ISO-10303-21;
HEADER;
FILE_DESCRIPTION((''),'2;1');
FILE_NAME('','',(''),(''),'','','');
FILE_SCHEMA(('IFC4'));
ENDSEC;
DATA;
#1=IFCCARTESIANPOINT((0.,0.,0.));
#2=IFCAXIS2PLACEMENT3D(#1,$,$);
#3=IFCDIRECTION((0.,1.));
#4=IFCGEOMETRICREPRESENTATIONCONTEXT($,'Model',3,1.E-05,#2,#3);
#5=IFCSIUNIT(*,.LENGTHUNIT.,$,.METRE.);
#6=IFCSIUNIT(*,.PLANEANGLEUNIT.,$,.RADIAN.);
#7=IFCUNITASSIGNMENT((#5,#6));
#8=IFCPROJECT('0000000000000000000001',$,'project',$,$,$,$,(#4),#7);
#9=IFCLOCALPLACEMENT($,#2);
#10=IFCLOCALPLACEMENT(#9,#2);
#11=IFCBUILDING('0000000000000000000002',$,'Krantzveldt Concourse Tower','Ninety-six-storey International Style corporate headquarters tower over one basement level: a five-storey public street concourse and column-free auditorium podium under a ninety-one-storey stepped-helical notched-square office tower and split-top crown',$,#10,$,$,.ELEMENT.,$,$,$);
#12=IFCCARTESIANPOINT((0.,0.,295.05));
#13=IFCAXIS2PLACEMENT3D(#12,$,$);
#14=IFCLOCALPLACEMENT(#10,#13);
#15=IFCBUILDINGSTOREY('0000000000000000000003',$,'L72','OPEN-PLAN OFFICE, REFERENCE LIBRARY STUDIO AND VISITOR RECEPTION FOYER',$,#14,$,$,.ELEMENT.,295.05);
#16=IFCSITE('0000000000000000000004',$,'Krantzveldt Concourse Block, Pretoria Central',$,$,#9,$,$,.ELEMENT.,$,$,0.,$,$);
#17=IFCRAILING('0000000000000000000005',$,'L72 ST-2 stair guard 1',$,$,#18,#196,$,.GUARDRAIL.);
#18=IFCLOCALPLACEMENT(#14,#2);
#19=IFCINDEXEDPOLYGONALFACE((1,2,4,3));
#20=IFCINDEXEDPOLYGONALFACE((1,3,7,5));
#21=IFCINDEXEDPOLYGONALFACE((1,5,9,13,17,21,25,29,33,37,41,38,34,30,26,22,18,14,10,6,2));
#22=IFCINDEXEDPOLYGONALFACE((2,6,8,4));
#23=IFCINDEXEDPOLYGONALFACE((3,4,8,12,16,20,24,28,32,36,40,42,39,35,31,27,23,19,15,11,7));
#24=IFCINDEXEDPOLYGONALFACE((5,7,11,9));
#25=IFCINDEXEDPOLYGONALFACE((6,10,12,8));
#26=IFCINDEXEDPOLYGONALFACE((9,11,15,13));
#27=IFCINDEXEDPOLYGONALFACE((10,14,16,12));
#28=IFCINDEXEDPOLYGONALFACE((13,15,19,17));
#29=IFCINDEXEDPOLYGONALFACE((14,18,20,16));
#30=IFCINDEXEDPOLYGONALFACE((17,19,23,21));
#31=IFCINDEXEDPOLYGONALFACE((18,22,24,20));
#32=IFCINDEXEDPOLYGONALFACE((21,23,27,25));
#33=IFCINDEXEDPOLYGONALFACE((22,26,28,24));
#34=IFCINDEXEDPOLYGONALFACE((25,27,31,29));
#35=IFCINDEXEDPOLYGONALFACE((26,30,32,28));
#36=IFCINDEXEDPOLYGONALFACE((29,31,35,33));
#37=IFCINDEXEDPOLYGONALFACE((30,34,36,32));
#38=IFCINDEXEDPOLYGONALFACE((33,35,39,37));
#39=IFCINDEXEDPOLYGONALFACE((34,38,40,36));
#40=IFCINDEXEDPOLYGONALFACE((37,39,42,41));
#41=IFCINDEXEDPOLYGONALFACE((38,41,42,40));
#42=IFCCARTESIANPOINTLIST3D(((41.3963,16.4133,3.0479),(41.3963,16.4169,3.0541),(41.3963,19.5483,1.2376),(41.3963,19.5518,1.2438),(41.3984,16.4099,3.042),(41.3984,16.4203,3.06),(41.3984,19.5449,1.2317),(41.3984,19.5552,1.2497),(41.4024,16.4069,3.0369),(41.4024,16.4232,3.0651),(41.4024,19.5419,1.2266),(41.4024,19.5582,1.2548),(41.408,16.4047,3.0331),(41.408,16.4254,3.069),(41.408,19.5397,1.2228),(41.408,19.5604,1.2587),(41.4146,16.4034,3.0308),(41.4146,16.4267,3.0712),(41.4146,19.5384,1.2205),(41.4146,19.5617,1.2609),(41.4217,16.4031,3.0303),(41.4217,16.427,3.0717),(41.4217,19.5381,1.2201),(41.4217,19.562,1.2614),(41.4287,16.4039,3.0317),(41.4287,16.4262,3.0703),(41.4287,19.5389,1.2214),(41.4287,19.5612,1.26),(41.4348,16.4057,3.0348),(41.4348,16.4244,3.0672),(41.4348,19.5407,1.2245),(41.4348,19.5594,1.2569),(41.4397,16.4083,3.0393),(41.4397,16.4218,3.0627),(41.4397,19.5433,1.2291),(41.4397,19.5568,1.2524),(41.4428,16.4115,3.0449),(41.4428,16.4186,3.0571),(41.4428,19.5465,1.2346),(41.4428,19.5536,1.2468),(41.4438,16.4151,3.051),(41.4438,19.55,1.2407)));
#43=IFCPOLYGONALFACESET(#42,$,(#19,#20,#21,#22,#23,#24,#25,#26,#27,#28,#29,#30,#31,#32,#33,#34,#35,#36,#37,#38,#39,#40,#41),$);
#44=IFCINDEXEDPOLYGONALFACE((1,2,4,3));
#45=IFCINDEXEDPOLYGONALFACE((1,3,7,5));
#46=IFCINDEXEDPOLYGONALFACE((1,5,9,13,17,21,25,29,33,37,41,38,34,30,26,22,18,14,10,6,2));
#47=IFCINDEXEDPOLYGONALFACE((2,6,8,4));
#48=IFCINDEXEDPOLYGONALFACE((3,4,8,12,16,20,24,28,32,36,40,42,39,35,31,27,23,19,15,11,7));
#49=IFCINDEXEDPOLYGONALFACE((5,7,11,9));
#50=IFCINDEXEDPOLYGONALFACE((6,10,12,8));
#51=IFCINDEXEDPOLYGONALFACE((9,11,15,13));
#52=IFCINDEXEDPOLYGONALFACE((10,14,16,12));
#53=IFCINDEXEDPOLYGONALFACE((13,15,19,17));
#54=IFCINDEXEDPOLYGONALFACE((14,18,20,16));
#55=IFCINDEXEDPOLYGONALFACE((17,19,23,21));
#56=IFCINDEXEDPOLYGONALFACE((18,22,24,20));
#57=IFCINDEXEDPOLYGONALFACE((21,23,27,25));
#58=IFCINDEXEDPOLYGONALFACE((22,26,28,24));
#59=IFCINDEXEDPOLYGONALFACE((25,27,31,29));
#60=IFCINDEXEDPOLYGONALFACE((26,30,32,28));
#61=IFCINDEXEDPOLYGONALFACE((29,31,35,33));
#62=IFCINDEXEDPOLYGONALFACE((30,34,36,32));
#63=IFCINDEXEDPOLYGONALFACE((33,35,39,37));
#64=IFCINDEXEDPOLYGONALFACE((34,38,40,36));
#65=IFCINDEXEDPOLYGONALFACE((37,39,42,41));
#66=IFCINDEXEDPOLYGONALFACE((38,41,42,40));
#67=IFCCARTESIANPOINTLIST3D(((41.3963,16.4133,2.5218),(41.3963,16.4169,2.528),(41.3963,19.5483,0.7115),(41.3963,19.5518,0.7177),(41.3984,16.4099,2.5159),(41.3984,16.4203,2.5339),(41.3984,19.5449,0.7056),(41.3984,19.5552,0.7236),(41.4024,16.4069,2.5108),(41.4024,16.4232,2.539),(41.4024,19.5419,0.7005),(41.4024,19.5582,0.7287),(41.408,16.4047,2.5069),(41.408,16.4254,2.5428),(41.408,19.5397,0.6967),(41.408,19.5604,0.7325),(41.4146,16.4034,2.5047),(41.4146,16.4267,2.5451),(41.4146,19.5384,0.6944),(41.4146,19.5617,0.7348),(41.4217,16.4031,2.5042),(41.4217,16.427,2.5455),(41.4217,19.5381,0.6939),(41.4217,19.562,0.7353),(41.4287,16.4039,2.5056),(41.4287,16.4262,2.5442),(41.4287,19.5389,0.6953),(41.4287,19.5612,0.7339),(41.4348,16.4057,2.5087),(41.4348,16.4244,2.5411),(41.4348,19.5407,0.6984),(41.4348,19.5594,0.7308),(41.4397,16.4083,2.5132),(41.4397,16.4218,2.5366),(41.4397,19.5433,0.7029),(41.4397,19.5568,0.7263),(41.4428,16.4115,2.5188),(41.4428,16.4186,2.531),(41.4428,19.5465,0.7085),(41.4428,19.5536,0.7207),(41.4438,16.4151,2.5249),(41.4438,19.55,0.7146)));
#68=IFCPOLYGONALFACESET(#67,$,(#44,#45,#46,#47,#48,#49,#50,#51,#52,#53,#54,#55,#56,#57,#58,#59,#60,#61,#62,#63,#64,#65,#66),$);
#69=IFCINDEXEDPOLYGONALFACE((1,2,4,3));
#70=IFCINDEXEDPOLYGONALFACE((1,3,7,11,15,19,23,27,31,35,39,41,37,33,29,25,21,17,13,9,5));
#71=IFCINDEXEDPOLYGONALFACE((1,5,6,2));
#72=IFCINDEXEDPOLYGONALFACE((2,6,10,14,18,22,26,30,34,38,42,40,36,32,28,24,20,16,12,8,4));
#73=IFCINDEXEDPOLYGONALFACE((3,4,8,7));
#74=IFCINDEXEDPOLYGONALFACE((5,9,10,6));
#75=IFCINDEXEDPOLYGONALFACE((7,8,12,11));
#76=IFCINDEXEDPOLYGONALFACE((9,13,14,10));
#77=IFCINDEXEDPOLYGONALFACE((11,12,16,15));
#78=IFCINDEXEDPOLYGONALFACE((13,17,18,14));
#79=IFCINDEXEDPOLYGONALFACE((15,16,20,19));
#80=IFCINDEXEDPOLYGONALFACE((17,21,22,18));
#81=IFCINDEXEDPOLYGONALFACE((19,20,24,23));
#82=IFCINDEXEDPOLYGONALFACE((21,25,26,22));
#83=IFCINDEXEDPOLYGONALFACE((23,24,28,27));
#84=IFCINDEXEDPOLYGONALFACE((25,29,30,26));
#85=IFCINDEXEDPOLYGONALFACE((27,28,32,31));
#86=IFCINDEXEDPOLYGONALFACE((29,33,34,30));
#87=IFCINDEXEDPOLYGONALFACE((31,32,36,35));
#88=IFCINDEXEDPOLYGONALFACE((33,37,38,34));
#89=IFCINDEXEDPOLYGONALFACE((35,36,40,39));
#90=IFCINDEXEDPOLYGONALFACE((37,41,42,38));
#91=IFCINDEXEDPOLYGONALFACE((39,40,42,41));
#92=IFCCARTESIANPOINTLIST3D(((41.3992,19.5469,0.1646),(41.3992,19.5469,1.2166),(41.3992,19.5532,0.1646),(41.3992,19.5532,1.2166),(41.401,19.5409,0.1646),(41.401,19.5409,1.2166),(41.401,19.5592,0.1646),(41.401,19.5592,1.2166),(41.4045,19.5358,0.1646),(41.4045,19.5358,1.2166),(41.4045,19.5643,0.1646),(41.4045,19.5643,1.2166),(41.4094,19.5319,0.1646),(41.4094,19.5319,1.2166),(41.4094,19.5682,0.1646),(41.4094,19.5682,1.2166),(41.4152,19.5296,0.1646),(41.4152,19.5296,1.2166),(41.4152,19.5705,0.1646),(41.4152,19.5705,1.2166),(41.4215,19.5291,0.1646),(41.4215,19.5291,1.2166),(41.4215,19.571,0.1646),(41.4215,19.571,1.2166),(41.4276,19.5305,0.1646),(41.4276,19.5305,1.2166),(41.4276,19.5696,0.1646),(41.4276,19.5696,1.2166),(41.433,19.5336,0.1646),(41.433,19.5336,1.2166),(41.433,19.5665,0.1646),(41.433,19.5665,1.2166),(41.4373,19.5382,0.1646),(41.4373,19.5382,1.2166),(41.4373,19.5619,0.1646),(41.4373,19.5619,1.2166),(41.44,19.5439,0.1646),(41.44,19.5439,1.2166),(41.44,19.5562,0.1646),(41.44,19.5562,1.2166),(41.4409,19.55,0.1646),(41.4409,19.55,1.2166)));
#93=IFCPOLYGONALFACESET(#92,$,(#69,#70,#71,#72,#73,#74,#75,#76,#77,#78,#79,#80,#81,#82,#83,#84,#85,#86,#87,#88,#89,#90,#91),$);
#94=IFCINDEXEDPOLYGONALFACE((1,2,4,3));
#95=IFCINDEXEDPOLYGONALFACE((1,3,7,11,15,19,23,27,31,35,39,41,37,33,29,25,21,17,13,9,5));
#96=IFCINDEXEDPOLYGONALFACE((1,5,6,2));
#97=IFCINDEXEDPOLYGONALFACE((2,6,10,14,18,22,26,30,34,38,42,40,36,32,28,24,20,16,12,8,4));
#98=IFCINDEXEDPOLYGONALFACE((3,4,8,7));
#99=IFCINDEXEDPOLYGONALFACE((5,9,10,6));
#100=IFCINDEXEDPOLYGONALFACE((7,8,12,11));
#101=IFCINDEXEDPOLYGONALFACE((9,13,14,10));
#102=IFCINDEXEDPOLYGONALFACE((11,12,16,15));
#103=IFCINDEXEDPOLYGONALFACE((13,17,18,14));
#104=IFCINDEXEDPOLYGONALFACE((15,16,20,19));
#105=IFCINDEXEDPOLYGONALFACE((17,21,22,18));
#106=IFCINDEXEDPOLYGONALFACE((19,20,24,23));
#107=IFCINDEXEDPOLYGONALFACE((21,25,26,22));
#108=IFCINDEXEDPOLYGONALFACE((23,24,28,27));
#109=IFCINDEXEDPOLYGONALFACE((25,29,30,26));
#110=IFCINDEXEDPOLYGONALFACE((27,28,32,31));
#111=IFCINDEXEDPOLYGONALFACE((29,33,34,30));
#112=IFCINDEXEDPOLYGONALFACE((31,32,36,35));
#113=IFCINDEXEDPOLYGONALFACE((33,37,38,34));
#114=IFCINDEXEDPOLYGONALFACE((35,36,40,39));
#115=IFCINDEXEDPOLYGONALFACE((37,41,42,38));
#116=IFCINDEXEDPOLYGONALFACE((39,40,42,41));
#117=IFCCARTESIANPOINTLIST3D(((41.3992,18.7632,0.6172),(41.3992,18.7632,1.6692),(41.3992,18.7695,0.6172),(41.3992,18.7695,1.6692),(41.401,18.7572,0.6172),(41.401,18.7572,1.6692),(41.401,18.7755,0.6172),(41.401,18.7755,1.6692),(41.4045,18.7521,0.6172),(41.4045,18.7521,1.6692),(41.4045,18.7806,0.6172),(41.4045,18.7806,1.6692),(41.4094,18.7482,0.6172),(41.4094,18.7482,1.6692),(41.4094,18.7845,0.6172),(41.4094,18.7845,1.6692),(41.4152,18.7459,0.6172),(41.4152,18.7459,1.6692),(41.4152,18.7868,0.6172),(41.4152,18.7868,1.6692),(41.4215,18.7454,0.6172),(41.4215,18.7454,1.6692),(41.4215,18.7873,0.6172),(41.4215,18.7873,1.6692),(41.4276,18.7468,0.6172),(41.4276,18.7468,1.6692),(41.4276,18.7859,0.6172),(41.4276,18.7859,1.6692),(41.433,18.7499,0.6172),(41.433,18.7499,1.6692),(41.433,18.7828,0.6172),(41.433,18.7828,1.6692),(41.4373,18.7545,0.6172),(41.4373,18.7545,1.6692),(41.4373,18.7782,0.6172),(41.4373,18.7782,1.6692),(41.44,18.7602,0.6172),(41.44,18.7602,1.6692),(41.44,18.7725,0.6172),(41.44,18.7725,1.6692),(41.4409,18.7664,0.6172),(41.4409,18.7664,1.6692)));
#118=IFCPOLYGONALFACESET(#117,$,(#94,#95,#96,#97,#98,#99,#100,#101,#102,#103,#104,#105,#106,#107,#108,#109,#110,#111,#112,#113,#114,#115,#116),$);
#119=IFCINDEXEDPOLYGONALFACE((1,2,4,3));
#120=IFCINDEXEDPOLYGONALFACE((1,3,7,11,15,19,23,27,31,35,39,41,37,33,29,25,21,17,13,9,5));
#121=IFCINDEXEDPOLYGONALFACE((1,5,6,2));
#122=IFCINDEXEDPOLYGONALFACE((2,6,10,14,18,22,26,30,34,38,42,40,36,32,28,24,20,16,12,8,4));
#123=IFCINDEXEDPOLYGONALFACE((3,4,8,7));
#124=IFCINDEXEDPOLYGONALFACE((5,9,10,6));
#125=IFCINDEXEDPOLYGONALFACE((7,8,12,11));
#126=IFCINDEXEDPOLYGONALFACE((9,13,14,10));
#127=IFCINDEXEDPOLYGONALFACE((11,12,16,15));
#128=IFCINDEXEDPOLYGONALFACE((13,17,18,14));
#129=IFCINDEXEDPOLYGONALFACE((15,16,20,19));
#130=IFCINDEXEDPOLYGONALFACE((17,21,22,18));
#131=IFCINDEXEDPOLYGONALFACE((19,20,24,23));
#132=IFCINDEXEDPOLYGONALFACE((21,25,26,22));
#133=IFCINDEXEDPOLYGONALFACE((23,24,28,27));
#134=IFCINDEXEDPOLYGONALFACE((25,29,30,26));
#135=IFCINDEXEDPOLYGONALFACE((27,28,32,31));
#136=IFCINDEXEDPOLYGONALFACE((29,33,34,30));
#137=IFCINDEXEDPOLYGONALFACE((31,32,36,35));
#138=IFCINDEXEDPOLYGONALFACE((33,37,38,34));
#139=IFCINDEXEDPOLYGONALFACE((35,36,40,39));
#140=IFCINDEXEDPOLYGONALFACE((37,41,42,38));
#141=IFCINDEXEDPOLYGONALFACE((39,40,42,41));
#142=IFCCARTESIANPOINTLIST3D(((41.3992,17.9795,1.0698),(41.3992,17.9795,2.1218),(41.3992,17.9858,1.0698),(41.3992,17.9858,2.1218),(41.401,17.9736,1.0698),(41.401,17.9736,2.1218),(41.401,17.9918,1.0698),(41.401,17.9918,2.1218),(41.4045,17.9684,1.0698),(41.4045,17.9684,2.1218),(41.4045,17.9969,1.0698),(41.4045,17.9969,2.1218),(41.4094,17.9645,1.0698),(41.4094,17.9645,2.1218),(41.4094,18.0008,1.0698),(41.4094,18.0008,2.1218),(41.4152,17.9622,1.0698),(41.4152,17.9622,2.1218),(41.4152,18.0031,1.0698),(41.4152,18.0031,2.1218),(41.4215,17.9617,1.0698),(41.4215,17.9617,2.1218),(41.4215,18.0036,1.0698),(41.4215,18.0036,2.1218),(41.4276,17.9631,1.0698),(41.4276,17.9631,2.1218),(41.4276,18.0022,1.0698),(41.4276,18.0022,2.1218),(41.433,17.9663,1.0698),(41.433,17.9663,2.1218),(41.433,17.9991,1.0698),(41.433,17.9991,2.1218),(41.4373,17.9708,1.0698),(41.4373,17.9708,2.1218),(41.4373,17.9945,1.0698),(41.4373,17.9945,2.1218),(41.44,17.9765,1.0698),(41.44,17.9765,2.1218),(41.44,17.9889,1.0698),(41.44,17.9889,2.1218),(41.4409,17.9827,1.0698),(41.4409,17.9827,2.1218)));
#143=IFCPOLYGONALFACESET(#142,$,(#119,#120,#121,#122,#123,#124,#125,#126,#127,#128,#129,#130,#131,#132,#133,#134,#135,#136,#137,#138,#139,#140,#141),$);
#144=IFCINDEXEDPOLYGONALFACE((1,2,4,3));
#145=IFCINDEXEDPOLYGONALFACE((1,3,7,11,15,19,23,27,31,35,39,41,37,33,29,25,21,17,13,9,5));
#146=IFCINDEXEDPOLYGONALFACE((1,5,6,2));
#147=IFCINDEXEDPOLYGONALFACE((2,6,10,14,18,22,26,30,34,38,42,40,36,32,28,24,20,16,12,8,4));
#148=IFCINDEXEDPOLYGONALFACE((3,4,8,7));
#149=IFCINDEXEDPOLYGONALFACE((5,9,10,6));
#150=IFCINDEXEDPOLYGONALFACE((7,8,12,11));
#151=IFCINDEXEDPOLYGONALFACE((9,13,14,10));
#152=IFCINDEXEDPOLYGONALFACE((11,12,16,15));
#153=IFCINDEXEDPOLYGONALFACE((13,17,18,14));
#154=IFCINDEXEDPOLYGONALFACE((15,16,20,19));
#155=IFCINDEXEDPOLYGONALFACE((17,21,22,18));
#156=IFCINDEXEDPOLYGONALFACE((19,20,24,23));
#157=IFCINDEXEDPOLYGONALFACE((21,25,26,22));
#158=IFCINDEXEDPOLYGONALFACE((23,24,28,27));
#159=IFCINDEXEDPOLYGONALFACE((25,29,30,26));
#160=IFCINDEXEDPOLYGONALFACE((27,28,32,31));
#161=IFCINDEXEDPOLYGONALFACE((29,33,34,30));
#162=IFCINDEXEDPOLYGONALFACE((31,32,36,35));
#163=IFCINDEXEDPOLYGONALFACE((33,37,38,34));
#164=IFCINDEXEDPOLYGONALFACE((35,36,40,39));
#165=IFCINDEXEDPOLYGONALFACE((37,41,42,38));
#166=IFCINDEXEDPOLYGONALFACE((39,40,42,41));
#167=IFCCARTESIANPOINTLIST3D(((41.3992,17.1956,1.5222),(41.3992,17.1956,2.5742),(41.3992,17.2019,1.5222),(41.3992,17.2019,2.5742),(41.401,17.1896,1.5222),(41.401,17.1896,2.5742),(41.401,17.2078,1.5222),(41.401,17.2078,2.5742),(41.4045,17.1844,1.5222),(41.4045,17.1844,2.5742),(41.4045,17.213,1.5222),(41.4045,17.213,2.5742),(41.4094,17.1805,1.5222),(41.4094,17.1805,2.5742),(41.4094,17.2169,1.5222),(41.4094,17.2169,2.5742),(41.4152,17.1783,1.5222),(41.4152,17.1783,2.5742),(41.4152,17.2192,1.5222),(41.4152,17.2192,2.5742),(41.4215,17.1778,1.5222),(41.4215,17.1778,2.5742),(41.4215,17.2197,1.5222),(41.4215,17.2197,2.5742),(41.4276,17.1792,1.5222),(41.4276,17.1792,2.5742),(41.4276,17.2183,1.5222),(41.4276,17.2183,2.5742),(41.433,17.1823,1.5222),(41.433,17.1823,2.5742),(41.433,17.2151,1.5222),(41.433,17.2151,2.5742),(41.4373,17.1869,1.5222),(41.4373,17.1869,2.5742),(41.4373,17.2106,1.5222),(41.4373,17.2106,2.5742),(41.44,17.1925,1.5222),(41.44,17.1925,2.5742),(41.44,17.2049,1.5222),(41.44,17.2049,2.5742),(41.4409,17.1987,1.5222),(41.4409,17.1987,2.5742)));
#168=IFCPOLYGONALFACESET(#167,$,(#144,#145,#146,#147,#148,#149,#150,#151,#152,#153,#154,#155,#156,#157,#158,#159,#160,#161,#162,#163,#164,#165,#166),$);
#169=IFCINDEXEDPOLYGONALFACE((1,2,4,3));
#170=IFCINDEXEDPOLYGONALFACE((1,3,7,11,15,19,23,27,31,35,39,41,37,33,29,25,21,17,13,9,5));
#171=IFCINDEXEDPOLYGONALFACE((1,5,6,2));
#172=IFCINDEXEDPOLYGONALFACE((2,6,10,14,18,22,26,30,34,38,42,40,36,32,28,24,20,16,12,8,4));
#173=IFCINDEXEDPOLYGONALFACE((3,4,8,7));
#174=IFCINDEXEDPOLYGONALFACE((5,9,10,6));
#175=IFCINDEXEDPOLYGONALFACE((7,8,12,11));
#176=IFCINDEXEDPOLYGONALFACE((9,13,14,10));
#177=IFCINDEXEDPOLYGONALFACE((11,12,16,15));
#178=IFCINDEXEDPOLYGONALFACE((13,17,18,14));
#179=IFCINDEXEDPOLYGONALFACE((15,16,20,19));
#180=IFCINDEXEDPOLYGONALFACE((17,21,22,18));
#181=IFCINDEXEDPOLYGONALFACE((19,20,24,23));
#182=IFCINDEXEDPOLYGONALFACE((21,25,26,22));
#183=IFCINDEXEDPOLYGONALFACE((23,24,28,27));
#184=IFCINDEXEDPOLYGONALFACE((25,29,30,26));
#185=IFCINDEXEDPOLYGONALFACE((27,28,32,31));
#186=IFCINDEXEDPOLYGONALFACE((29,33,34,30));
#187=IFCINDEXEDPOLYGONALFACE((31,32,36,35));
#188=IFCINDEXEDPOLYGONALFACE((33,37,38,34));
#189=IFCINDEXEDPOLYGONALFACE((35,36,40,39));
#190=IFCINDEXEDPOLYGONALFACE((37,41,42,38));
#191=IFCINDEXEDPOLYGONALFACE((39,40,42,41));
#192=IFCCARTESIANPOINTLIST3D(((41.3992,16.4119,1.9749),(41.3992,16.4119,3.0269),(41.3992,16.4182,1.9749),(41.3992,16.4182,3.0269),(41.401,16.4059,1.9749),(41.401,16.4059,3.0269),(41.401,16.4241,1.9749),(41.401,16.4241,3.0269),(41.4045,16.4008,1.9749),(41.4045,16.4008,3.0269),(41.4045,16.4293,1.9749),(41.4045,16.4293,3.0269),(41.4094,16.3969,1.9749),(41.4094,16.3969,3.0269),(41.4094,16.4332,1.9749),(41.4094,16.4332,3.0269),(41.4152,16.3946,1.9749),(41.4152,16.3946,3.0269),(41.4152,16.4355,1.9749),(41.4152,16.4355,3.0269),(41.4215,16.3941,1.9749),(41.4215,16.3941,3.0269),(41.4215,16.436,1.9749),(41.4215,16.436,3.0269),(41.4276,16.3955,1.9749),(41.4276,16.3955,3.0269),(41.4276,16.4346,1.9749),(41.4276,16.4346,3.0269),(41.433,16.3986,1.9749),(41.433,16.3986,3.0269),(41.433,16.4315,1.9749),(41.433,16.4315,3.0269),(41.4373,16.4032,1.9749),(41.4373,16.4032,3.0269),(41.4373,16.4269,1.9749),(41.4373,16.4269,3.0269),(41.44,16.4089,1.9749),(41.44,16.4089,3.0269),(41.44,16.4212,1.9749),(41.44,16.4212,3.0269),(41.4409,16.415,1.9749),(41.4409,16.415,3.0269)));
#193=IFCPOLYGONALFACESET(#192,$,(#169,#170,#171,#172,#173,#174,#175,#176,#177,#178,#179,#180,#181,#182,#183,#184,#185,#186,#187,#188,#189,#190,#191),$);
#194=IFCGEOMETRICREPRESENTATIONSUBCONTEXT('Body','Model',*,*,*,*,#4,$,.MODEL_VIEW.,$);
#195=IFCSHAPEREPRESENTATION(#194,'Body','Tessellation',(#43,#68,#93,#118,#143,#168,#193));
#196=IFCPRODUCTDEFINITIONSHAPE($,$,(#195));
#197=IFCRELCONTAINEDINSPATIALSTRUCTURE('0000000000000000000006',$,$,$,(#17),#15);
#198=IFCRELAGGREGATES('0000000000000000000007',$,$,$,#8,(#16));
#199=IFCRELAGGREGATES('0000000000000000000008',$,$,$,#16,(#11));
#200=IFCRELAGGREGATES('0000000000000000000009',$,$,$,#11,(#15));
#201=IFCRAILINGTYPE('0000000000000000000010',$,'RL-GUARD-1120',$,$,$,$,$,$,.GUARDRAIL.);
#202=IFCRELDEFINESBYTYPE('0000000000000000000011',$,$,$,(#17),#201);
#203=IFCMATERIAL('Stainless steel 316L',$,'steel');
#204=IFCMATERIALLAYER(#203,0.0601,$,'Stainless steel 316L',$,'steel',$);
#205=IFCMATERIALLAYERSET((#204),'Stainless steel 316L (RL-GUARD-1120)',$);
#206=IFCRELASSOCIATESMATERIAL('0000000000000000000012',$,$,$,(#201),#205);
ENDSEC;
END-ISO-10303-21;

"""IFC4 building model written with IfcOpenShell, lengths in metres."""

from ifc_helpers import new_model, si_unit, direction, frame, origin, origin_2d, place, context, subcontext, project, spatial, circle, extrude, material, layer, layer_set, type_object, element, save


model = new_model("IFC4")

# Units and contexts
model_context = context("Model", 3, precision=1e-05, world=origin(), true_north=direction((0.0, 1.0)))
body_context = subcontext(model_context, "Body", "Model", "MODEL_VIEW")
ifc_project = project(units=[si_unit("LENGTHUNIT", "METRE"), si_unit("PLANEANGLEUNIT", "RADIAN")], contexts=[model_context])

# Site, building, storey
site_placement = place(None, origin())
site = spatial("IfcSite", under=ifc_project, at=site_placement, Name="Krantzveldt Concourse Block, Pretoria Central", CompositionType="ELEMENT", RefElevation=0.0)
building_placement = place(site_placement, origin())
building = spatial("IfcBuilding", under=site, at=building_placement, Name="Krantzveldt Concourse Tower", Description="Ninety-six-storey International Style corporate headquarters tower over one basement level: a five-storey public street concourse and column-free auditorium podium under a ninety-one-storey stepped-helical notched-square office tower and split-top crown", CompositionType="ELEMENT")
storey_placement = place(building_placement, frame((0.0, 0.0, 295.05)))
storey = spatial("IfcBuildingStorey", under=building, at=storey_placement, Name="L72", Description="OPEN-PLAN OFFICE, REFERENCE LIBRARY STUDIO AND VISITOR RECEPTION FOYER", CompositionType="ELEMENT", Elevation=295.05)

# Shared definitions
ifc_material_1 = material(Name="Stainless steel 316L", Category="steel")

# Railing
ifc_layer_1 = layer(ifc_material_1, 0.0601, Name="Stainless steel 316L", Category="steel")
ifc_layer_set_1 = layer_set([ifc_layer_1], Name="Stainless steel 316L (RL-GUARD-1120)")
railing_type_1 = type_object("IfcRailingType", Name="RL-GUARD-1120", PredefinedType="GUARDRAIL", material=ifc_layer_set_1)
railing_1_placement = place(storey_placement, frame((41.4199, 19.55, 0.1646)))
element("IfcRailing", 1, at=railing_1_placement, inside=storey, type_object=railing_type_1, Name="L72 ST-2 stair guard 1", PredefinedType="GUARDRAIL", context=body_context, shape_type="SweptSolid", body=[
    extrude(circle(Radius=0.0239, at=origin_2d()), frame((0.0, 0.0, 1.0762), z_axis=(0.0, -0.865989, 0.500063), x_axis=(1.0, 0.0, 0.0)), (0.0, 0.0, 1.0), 3.6201),
    extrude(circle(Radius=0.0239, at=origin_2d()), frame((0.0, 0.0, 0.55), z_axis=(0.0, -0.865989, 0.500063), x_axis=(1.0, 0.0, 0.0)), (0.0, 0.0, 1.0), 3.6201),
    extrude(circle(Radius=0.021, at=origin_2d()), origin(), (0.0, 0.0, 1.0), 1.052),
    extrude(circle(Radius=0.021, at=origin_2d()), frame((0.0, -0.7837, 0.4526)), (0.0, 0.0, 1.0), 1.052),
    extrude(circle(Radius=0.021, at=origin_2d()), frame((0.0, -1.5674, 0.9053)), (0.0, 0.0, 1.0), 1.052),
    extrude(circle(Radius=0.021, at=origin_2d()), frame((0.0, -2.3513, 1.3577)), (0.0, 0.0, 1.0), 1.052),
    extrude(circle(Radius=0.021, at=origin_2d()), frame((0.0, -3.135, 1.8103)), (0.0, 0.0, 1.0), 1.052),
])

save(model, "model.ifc")
